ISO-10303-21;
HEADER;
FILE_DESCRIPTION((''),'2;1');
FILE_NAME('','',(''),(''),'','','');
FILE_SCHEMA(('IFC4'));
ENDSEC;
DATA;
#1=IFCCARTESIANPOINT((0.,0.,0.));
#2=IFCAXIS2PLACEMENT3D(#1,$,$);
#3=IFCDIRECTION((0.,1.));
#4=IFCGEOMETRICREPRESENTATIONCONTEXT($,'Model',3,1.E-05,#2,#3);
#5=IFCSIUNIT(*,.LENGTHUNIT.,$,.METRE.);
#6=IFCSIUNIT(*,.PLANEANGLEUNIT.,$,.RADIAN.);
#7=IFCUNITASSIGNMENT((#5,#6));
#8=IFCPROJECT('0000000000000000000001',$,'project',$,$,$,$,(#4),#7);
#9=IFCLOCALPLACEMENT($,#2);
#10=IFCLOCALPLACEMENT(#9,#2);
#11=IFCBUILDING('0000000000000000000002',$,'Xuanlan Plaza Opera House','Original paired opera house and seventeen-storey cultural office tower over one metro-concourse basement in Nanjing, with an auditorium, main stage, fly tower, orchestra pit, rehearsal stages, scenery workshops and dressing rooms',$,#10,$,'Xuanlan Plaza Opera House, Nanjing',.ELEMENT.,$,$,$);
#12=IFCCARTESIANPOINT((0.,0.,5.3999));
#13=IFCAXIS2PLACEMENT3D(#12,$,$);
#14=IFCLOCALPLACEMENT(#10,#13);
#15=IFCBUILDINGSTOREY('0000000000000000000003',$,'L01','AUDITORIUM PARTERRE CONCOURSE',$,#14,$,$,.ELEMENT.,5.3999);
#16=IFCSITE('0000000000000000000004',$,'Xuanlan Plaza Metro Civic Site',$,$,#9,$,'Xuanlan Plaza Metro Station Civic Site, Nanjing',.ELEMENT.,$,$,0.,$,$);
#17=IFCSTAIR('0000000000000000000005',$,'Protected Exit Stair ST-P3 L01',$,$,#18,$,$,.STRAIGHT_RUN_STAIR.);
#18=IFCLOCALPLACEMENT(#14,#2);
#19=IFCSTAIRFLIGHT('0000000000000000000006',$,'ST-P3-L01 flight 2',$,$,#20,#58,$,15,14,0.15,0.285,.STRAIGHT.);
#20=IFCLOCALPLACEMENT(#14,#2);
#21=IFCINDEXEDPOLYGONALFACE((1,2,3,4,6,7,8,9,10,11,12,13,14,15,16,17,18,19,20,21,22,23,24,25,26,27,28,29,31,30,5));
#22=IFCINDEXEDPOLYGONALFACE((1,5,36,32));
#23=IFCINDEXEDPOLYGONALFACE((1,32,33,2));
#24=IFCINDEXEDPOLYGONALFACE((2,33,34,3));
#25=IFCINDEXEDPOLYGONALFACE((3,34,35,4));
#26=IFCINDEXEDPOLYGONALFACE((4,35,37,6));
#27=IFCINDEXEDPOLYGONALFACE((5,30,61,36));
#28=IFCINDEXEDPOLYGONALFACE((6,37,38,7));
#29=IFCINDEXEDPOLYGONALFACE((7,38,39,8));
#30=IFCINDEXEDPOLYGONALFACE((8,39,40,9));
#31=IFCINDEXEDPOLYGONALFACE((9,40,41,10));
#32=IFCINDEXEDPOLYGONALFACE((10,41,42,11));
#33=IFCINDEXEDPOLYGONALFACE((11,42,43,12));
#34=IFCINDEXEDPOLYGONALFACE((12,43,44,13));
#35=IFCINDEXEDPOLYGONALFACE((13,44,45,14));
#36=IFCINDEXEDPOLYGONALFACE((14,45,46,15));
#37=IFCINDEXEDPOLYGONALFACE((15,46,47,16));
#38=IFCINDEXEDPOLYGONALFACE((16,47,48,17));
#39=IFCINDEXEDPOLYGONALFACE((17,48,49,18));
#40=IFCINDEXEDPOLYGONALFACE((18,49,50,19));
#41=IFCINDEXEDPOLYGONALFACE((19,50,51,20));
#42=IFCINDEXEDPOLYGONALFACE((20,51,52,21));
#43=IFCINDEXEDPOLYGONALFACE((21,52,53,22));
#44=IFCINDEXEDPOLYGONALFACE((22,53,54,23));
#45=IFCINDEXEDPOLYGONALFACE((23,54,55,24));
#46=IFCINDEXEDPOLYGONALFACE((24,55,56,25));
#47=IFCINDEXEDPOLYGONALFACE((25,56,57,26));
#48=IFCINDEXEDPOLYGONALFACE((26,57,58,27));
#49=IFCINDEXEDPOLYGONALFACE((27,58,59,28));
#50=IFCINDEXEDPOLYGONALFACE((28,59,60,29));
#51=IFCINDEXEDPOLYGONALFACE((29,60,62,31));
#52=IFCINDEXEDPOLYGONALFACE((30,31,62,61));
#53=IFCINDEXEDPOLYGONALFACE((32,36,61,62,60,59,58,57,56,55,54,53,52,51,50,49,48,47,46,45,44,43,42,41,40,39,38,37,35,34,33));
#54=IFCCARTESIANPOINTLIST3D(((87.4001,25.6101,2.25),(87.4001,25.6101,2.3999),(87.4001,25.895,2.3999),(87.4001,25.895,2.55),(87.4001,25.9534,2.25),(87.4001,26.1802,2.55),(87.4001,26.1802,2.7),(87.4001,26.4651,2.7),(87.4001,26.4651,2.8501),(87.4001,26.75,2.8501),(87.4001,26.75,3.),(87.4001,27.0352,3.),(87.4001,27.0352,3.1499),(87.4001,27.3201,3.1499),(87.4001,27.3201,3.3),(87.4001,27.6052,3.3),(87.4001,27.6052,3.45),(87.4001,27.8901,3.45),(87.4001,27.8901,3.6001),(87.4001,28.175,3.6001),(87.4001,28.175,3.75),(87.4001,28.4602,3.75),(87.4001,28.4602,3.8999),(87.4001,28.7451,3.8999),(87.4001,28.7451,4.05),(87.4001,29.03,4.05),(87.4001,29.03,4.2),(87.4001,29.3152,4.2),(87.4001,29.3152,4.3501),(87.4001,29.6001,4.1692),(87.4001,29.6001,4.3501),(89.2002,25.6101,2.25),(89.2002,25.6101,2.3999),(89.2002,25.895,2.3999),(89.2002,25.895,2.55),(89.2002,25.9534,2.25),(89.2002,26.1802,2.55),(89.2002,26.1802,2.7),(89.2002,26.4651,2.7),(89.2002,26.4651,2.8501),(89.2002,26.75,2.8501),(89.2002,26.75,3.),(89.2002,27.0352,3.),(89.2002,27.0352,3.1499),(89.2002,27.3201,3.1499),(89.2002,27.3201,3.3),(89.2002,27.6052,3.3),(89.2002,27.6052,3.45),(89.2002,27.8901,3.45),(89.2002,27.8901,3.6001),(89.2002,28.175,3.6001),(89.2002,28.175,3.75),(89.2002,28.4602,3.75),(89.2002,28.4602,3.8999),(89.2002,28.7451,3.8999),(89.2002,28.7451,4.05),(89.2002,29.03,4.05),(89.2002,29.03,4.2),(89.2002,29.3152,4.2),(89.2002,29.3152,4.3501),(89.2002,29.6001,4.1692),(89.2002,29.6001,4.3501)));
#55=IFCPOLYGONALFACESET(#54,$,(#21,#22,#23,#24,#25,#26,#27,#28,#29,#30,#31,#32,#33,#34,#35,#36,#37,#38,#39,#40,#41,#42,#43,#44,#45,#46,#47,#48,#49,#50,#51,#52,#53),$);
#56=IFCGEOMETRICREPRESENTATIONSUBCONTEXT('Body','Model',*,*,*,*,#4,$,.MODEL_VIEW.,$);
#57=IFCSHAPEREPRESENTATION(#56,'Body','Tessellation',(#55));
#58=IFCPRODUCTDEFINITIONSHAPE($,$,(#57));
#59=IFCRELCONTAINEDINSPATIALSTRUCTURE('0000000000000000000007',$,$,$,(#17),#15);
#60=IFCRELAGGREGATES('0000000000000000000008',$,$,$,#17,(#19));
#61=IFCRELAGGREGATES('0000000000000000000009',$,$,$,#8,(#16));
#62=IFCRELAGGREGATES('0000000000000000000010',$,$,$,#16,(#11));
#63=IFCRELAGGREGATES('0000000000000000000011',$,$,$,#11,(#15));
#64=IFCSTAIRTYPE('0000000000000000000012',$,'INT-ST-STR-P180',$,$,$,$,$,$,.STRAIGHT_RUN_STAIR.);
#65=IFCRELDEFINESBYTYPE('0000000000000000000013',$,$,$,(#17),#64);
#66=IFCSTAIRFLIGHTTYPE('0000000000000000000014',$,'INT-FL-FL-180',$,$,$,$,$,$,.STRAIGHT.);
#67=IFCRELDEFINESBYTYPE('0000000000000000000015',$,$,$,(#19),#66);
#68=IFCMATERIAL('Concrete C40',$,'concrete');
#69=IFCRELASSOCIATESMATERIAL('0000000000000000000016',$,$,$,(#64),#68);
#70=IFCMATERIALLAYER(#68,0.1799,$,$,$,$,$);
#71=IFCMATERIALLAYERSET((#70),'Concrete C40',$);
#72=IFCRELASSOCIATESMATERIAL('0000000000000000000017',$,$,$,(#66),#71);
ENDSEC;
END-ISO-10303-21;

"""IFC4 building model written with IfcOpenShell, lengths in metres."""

from ifc_helpers import new_model, si_unit, direction, frame, origin, place, context, subcontext, project, spatial, polyline, outline, extrude, material, layer, layer_set, type_object, element, aggregate, save


model = new_model("IFC4")

# Units and contexts
model_context = context("Model", 3, precision=1e-05, world=origin(), true_north=direction((0.0, 1.0)))
body_context = subcontext(model_context, "Body", "Model", "MODEL_VIEW")
ifc_project = project(units=[si_unit("LENGTHUNIT", "METRE"), si_unit("PLANEANGLEUNIT", "RADIAN")], contexts=[model_context])

# Site, building, storey
site_placement = place(None, origin())
site = spatial("IfcSite", under=ifc_project, at=site_placement, Name="Xuanlan Plaza Metro Civic Site", LongName="Xuanlan Plaza Metro Station Civic Site, Nanjing", CompositionType="ELEMENT", RefElevation=0.0)
building_placement = place(site_placement, origin())
building = spatial("IfcBuilding", under=site, at=building_placement, Name="Xuanlan Plaza Opera House", Description="Original paired opera house and seventeen-storey cultural office tower over one metro-concourse basement in Nanjing, with an auditorium, main stage, fly tower, orchestra pit, rehearsal stages, scenery workshops and dressing rooms", LongName="Xuanlan Plaza Opera House, Nanjing", CompositionType="ELEMENT")
storey_placement = place(building_placement, frame((0.0, 0.0, 5.3999)))
storey = spatial("IfcBuildingStorey", under=building, at=storey_placement, Name="L01", Description="AUDITORIUM PARTERRE CONCOURSE", CompositionType="ELEMENT", Elevation=5.3999)

# Shared definitions
ifc_material_1 = material(Name="Concrete C40", Category="concrete")

# Stair, stair flight
stair_type = type_object("IfcStairType", Name="INT-ST-STR-P180", PredefinedType="STRAIGHT_RUN_STAIR", material=ifc_material_1)
stair_placement = place(storey_placement, origin())
stair = element("IfcStair", 1, at=stair_placement, inside=storey, type_object=stair_type, Name="Protected Exit Stair ST-P3 L01", PredefinedType="STRAIGHT_RUN_STAIR")
ifc_layer_1 = layer(ifc_material_1, 0.1799)
ifc_layer_set_1 = layer_set([ifc_layer_1], Name="Concrete C40")
stair_flight_type = type_object("IfcStairFlightType", Name="INT-FL-FL-180", PredefinedType="STRAIGHT", material=ifc_layer_set_1)
stair_flight_1_placement = place(storey_placement, frame((88.3, 25.6101, 2.25), z_axis=(0.0, 0.0, 1.0), x_axis=(0.0, 1.0, 0.0)))
stair_flight_1 = element("IfcStairFlight", 2, at=stair_flight_1_placement, type_object=stair_flight_type, Name="ST-P3-L01 flight 2", NumberOfRisers=15, NumberOfTreads=14, PredefinedType="STRAIGHT", RiserHeight=0.15, TreadLength=0.285, context=body_context, shape_type="SweptSolid", body=[
    extrude(outline(polyline([(0.0, 0.0), (0.0, 0.1499), (0.2849, 0.1499), (0.2849, 0.3), (0.5701, 0.3), (0.5701, 0.45), (0.855, 0.45), (0.855, 0.6001), (1.1399, 0.6001), (1.1399, 0.75), (1.425, 0.75), (1.425, 0.8999), (1.71, 0.8999), (1.71, 1.05), (1.9951, 1.05), (1.9951, 1.2), (2.28, 1.2), (2.28, 1.3501), (2.5649, 1.3501), (2.5649, 1.5), (2.8501, 1.5), (2.8501, 1.6499), (3.135, 1.6499), (3.135, 1.8), (3.4199, 1.8), (3.4199, 1.95), (3.7051, 1.95), (3.7051, 2.1001), (3.99, 2.1001), (3.99, 2.25), (3.99, 1.9192), (0.3433, 0.0), (0.0, 0.0)])), frame((0.0, 0.8999, 0.0), z_axis=(0.0, -1.0, 0.0), x_axis=(1.0, 0.0, 0.0)), (0.0, 0.0, 1.0), 1.8),
])
aggregate(stair, [stair_flight_1])

save(model, "model.ifc")
